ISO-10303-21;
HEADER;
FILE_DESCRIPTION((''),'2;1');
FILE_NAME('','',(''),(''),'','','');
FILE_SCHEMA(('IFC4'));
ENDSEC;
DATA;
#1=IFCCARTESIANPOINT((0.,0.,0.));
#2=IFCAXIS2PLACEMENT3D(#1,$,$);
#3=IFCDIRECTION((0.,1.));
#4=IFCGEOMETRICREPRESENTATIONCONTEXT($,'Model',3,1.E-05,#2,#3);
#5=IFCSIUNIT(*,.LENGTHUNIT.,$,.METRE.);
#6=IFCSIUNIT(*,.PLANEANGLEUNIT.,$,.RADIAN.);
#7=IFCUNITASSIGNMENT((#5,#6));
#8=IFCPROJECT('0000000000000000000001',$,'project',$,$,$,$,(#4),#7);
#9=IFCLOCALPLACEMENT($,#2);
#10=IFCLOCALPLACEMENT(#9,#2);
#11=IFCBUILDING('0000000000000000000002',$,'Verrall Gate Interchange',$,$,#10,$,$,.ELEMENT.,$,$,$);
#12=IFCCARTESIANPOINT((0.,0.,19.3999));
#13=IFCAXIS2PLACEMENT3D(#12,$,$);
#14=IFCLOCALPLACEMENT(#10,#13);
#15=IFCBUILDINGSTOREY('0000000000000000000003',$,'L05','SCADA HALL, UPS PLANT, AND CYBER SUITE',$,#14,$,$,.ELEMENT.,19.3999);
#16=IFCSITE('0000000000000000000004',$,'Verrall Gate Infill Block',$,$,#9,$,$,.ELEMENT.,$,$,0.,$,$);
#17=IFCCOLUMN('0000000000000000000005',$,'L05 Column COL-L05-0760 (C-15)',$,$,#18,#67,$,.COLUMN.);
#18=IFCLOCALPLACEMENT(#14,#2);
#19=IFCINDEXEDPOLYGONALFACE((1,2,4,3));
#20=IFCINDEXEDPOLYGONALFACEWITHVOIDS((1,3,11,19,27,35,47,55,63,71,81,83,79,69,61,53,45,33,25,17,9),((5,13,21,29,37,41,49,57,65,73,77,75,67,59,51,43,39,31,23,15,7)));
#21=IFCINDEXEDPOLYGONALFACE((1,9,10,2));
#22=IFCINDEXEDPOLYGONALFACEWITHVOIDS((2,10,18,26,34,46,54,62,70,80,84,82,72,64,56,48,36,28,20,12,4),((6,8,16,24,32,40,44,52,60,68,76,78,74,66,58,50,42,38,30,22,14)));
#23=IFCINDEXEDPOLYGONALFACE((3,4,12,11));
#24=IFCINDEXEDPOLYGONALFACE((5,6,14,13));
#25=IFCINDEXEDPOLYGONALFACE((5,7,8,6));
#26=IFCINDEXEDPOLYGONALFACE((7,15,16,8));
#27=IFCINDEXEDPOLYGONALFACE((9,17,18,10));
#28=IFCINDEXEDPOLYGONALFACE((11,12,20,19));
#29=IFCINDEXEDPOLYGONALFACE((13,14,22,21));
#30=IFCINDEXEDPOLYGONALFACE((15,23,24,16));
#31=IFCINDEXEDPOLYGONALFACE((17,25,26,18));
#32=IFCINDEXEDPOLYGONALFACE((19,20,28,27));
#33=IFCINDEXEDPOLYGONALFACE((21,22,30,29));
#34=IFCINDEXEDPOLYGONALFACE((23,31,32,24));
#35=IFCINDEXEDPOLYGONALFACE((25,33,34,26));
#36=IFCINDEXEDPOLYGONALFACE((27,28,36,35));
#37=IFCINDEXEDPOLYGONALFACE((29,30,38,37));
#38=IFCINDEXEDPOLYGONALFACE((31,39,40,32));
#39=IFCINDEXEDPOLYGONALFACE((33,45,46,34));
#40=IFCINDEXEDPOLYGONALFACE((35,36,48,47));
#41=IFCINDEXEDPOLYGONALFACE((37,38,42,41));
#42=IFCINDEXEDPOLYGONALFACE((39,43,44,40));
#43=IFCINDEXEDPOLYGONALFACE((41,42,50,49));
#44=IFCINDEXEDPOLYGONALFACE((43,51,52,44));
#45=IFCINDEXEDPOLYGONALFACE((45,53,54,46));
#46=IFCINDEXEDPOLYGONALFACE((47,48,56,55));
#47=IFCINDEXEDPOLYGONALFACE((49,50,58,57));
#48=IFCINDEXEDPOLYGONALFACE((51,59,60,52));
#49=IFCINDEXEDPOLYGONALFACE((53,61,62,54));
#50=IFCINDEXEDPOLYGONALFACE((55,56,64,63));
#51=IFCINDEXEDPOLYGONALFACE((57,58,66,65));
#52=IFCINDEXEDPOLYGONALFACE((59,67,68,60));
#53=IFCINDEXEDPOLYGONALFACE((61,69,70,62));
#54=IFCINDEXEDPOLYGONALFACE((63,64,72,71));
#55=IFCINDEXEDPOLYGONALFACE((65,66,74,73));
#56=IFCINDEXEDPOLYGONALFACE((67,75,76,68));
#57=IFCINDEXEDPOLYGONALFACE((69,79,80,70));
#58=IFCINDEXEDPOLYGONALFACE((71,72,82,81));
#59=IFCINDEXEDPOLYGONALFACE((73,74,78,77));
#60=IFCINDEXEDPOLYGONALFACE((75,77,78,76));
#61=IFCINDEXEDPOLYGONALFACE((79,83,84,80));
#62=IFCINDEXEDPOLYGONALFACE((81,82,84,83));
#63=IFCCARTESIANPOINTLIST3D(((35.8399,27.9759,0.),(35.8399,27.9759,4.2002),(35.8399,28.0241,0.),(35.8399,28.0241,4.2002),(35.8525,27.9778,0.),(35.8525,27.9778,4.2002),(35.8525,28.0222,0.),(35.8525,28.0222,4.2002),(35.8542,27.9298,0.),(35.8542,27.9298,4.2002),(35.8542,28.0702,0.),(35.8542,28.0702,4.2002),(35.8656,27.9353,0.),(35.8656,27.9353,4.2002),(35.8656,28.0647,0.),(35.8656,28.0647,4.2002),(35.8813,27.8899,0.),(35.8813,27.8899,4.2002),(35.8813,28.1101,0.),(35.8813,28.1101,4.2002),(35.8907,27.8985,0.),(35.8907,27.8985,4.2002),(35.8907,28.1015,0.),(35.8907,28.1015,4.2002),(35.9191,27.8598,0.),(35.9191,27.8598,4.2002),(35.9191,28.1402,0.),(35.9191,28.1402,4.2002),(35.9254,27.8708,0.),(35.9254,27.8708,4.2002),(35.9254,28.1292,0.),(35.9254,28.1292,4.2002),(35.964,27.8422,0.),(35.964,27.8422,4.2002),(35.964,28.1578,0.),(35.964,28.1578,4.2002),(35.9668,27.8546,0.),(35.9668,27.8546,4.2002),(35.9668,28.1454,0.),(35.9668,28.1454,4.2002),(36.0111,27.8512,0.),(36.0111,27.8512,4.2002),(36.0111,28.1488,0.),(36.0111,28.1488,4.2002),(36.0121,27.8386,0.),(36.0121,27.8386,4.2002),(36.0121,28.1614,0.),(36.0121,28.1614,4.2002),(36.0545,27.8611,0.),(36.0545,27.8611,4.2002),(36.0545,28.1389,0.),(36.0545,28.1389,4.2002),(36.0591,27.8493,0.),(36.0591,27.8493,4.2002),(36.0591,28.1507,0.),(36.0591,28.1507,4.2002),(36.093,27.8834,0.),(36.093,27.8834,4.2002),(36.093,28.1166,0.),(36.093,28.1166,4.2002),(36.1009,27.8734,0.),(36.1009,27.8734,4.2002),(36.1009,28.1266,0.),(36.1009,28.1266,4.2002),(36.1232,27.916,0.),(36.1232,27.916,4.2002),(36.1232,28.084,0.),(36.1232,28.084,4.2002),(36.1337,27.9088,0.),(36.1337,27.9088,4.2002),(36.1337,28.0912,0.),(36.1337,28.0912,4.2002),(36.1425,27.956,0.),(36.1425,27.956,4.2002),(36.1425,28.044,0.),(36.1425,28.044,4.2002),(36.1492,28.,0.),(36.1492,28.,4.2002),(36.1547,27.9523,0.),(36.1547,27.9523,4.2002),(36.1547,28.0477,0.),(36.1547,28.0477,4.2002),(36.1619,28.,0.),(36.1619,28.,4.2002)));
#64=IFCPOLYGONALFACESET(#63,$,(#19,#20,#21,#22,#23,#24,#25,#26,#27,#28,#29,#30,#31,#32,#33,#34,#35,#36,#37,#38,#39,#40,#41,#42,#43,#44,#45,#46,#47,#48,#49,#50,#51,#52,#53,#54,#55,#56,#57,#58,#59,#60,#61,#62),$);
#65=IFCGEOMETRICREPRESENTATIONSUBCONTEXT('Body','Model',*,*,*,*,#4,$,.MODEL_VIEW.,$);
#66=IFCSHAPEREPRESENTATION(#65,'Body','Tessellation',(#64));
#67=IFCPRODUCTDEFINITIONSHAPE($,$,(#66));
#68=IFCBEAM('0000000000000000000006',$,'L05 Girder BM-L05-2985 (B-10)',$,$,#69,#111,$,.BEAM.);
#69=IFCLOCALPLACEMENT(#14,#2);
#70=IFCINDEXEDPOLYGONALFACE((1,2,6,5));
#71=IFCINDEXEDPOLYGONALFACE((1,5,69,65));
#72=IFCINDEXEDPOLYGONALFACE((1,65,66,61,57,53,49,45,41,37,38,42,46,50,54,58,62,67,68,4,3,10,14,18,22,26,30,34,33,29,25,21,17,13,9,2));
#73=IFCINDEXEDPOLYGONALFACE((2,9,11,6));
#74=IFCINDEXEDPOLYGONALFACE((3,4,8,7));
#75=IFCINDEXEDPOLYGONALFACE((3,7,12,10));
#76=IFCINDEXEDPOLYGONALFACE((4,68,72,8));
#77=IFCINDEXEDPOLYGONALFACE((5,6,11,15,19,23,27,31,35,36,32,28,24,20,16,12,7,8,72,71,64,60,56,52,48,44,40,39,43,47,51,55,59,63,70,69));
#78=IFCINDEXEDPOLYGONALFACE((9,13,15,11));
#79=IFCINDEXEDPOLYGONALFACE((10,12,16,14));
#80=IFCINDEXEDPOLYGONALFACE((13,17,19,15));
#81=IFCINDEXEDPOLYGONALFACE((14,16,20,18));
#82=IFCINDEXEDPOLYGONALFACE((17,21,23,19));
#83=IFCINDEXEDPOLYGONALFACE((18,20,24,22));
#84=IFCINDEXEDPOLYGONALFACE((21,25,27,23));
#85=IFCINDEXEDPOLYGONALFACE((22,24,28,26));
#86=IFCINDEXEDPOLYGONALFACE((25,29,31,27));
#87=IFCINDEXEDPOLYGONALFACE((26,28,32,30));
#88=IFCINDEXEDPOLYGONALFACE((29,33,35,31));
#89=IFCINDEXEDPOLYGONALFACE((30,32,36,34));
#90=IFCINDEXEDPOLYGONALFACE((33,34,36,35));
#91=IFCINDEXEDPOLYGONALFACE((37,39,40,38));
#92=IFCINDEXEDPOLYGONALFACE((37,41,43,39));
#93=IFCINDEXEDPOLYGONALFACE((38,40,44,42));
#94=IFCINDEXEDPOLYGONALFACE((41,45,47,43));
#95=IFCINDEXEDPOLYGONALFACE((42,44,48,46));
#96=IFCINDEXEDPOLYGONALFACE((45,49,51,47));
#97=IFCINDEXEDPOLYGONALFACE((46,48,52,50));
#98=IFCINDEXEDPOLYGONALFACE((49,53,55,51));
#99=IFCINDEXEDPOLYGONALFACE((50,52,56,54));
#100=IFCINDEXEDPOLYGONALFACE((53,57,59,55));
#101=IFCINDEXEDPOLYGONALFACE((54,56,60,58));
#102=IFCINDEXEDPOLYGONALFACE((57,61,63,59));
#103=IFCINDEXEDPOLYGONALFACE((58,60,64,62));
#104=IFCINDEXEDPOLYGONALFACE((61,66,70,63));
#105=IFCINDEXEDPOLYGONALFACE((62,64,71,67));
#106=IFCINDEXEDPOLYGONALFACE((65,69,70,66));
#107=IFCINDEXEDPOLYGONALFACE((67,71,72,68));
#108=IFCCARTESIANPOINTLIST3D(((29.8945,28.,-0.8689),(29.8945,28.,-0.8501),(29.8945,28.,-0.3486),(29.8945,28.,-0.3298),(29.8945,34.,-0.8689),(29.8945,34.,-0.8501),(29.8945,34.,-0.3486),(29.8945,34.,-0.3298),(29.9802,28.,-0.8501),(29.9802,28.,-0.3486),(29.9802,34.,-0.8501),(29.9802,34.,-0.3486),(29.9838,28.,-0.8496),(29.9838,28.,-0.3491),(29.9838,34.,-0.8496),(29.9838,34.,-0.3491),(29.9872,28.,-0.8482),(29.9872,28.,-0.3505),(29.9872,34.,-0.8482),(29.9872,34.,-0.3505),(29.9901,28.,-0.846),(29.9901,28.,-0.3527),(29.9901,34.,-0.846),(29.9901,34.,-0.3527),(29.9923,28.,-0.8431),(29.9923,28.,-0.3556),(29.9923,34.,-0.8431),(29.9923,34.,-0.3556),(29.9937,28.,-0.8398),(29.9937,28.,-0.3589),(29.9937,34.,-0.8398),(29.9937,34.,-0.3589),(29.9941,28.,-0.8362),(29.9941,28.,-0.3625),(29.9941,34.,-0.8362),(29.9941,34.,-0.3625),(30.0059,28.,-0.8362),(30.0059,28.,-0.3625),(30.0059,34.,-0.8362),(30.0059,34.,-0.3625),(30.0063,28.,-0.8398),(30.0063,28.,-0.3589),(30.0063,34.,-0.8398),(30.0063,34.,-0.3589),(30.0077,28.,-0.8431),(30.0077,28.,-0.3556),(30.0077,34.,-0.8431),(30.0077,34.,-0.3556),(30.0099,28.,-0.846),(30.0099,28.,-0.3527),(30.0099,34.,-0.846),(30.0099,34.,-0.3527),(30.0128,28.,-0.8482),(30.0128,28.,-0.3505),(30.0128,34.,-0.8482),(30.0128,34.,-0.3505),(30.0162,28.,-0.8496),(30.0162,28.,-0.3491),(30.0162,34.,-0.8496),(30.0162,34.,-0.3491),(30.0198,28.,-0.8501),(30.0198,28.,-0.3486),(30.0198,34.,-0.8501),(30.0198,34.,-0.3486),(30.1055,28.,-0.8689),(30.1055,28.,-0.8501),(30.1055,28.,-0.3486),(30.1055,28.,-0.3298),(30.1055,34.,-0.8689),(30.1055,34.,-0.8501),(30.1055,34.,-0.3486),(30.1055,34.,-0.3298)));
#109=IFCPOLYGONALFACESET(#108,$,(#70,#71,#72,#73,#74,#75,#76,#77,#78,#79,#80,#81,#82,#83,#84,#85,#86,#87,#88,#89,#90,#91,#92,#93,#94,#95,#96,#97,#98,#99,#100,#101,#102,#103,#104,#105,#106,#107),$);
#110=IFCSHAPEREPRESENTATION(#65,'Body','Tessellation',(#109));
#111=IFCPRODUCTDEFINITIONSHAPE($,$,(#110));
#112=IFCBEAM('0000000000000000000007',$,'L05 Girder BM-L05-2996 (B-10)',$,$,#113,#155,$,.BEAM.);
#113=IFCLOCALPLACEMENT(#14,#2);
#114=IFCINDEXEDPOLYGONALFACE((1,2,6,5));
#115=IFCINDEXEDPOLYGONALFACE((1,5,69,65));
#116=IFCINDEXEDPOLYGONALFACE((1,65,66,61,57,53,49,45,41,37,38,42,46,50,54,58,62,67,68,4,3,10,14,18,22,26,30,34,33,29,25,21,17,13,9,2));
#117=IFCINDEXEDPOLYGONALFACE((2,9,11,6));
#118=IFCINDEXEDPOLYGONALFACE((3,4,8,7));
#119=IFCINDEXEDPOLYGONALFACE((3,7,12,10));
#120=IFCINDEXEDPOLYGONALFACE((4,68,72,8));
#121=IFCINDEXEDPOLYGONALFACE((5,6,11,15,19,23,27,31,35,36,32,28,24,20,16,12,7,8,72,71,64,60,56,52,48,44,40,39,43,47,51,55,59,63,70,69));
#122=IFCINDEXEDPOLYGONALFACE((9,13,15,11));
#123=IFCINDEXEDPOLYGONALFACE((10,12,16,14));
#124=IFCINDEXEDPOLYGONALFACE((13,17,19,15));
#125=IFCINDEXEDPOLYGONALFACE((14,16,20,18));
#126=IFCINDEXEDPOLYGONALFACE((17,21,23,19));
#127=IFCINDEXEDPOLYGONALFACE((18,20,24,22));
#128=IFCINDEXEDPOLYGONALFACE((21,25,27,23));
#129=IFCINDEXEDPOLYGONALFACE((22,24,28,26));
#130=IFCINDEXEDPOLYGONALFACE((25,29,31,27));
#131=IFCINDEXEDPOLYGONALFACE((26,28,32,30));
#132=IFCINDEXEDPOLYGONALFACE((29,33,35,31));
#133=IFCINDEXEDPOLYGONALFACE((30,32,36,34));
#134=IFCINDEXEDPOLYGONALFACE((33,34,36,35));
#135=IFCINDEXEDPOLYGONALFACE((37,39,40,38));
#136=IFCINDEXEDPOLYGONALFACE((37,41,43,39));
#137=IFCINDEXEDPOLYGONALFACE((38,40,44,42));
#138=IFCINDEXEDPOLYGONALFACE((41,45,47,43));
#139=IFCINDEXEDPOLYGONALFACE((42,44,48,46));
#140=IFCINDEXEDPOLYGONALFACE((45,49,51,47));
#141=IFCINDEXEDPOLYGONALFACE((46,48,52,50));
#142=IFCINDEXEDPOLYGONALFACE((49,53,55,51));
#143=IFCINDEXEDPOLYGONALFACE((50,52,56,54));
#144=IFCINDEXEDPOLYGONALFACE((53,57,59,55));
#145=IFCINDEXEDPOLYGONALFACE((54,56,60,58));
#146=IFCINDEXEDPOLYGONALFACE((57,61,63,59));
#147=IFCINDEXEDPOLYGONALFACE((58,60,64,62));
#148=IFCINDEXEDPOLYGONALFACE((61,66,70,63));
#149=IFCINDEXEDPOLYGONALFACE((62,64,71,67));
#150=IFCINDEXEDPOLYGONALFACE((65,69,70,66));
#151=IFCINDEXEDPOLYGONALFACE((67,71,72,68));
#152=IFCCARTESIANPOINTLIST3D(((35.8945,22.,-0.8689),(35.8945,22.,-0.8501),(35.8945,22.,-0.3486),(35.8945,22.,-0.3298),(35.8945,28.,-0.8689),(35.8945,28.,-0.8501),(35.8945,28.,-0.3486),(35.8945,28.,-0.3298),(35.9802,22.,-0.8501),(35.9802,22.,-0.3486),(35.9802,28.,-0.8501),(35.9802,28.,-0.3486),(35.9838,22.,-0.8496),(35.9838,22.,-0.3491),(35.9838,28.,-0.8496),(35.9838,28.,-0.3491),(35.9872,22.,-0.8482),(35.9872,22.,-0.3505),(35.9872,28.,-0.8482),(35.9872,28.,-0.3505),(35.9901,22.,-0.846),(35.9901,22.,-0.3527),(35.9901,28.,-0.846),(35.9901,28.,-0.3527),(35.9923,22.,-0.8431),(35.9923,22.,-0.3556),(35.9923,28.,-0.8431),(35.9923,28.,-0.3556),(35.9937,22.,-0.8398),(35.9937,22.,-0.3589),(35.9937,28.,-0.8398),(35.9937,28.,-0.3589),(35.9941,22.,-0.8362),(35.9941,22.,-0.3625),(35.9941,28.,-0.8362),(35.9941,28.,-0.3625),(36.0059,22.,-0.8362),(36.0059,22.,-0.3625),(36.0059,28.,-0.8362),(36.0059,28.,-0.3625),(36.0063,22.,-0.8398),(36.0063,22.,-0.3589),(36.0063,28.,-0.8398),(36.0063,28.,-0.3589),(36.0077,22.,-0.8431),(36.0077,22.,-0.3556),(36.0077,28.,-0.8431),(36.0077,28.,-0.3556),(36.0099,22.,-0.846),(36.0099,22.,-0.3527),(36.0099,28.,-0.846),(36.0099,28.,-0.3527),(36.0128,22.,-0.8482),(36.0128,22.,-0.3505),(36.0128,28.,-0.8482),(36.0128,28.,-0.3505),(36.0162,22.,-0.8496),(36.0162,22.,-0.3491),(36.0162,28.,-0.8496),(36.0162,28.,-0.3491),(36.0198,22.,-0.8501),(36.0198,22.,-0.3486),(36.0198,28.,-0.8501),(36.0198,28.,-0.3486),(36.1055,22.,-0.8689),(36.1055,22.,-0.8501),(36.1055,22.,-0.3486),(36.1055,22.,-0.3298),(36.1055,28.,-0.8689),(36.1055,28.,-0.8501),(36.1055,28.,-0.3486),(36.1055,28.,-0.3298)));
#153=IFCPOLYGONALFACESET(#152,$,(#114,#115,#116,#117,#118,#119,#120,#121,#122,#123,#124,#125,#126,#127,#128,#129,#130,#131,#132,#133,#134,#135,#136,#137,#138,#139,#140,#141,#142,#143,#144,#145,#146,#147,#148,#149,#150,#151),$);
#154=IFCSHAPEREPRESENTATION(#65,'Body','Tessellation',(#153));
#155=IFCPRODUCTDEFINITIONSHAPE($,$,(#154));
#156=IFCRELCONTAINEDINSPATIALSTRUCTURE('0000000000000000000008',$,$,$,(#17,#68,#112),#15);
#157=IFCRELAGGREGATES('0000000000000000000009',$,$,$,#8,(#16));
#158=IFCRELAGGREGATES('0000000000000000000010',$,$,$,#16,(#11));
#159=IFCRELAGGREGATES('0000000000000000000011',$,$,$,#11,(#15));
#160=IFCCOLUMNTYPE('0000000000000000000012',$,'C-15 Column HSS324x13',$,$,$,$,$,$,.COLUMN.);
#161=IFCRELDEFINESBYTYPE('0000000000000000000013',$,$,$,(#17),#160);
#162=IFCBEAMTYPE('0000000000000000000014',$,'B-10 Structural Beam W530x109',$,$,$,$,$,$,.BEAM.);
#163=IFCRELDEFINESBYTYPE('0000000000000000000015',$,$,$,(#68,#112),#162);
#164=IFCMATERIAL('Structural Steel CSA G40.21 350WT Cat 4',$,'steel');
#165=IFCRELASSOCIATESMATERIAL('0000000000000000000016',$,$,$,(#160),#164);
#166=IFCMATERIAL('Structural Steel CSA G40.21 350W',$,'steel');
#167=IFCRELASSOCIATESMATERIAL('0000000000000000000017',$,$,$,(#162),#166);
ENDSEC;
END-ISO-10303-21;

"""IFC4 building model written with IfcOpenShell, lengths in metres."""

from ifc_helpers import new_model, si_unit, direction, frame, origin, origin_2d, place, context, subcontext, project, spatial, hollow_circle, i_section, extrude, material, material_profile, profile_set, type_object, element, save


model = new_model("IFC4")

# Units and contexts
model_context = context("Model", 3, precision=1e-05, world=origin(), true_north=direction((0.0, 1.0)))
body_context = subcontext(model_context, "Body", "Model", "MODEL_VIEW")
ifc_project = project(units=[si_unit("LENGTHUNIT", "METRE"), si_unit("PLANEANGLEUNIT", "RADIAN")], contexts=[model_context])

# Site, building, storey
site_placement = place(None, origin())
site = spatial("IfcSite", under=ifc_project, at=site_placement, Name="Verrall Gate Infill Block", CompositionType="ELEMENT", RefElevation=0.0)
building_placement = place(site_placement, origin())
building = spatial("IfcBuilding", under=site, at=building_placement, Name="Verrall Gate Interchange", CompositionType="ELEMENT")
storey_placement = place(building_placement, frame((0.0, 0.0, 19.3999)))
storey = spatial("IfcBuildingStorey", under=building, at=storey_placement, Name="L05", Description="SCADA HALL, UPS PLANT, AND CYBER SUITE", CompositionType="ELEMENT", Elevation=19.3999)

# Column
ifc_material_1 = material(Name="Structural Steel CSA G40.21 350WT Cat 4", Category="steel")
ifc_material_profile_1 = material_profile(ifc_material_1, hollow_circle(Radius=0.1619, WallThickness=0.0127, at=origin_2d()), Name="HSS324x13")
ifc_profile_set_1 = profile_set([ifc_material_profile_1], Name="Structural Steel CSA G40.21 350WT Cat 4")
column_type_1 = type_object("IfcColumnType", Name="C-15 Column HSS324x13", PredefinedType="COLUMN", material=ifc_profile_set_1)
for number, where, z_axis, x_axis, name in (
    (1, (36.0, 28.0, 0.0), (0.0, 0.0, 1.0), (1.0, 0.0, 0.0), "L05 Column COL-L05-0760 (C-15)"),
):
    element("IfcColumn", number, at=place(storey_placement, frame(where, z_axis=z_axis, x_axis=x_axis)), inside=storey, type_object=column_type_1, Name=name, PredefinedType="COLUMN", context=body_context, shape_type="SweptSolid", body=[
        extrude(hollow_circle(Radius=0.1619, WallThickness=0.0127, at=origin_2d()), origin(), (0.0, 0.0, 1.0), 4.2002),
    ])

# Beams
ifc_material_2 = material(Name="Structural Steel CSA G40.21 350W", Category="steel")
ifc_material_profile_2 = material_profile(ifc_material_2, i_section(OverallWidth=0.2109, OverallDepth=0.5391, WebThickness=0.0117, FlangeThickness=0.0188, FilletRadius=0.0139, at=origin_2d()), Name="W530x109")
ifc_profile_set_2 = profile_set([ifc_material_profile_2], Name="Structural Steel CSA G40.21 350W")
beam_type_1 = type_object("IfcBeamType", Name="B-10 Structural Beam W530x109", PredefinedType="BEAM", material=ifc_profile_set_2)
for number, where, z_axis, x_axis, name in (
    (2, (30.0, 28.0, -0.5994), (0.0, 1.0, 0.0), (-1.0, 0.0, 0.0), "L05 Girder BM-L05-2985 (B-10)"),
    (3, (36.0, 22.0, -0.5994), (0.0, 1.0, 0.0), (-1.0, 0.0, 0.0), "L05 Girder BM-L05-2996 (B-10)"),
):
    element("IfcBeam", number, at=place(storey_placement, frame(where, z_axis=z_axis, x_axis=x_axis)), inside=storey, type_object=beam_type_1, Name=name, PredefinedType="BEAM", context=body_context, shape_type="SweptSolid", body=[
        extrude(i_section(OverallWidth=0.2109, OverallDepth=0.5391, WebThickness=0.0117, FlangeThickness=0.0188, FilletRadius=0.0139, at=origin_2d()), origin(), (0.0, 0.0, 1.0), 6.0),
    ])

save(model, "model.ifc")
